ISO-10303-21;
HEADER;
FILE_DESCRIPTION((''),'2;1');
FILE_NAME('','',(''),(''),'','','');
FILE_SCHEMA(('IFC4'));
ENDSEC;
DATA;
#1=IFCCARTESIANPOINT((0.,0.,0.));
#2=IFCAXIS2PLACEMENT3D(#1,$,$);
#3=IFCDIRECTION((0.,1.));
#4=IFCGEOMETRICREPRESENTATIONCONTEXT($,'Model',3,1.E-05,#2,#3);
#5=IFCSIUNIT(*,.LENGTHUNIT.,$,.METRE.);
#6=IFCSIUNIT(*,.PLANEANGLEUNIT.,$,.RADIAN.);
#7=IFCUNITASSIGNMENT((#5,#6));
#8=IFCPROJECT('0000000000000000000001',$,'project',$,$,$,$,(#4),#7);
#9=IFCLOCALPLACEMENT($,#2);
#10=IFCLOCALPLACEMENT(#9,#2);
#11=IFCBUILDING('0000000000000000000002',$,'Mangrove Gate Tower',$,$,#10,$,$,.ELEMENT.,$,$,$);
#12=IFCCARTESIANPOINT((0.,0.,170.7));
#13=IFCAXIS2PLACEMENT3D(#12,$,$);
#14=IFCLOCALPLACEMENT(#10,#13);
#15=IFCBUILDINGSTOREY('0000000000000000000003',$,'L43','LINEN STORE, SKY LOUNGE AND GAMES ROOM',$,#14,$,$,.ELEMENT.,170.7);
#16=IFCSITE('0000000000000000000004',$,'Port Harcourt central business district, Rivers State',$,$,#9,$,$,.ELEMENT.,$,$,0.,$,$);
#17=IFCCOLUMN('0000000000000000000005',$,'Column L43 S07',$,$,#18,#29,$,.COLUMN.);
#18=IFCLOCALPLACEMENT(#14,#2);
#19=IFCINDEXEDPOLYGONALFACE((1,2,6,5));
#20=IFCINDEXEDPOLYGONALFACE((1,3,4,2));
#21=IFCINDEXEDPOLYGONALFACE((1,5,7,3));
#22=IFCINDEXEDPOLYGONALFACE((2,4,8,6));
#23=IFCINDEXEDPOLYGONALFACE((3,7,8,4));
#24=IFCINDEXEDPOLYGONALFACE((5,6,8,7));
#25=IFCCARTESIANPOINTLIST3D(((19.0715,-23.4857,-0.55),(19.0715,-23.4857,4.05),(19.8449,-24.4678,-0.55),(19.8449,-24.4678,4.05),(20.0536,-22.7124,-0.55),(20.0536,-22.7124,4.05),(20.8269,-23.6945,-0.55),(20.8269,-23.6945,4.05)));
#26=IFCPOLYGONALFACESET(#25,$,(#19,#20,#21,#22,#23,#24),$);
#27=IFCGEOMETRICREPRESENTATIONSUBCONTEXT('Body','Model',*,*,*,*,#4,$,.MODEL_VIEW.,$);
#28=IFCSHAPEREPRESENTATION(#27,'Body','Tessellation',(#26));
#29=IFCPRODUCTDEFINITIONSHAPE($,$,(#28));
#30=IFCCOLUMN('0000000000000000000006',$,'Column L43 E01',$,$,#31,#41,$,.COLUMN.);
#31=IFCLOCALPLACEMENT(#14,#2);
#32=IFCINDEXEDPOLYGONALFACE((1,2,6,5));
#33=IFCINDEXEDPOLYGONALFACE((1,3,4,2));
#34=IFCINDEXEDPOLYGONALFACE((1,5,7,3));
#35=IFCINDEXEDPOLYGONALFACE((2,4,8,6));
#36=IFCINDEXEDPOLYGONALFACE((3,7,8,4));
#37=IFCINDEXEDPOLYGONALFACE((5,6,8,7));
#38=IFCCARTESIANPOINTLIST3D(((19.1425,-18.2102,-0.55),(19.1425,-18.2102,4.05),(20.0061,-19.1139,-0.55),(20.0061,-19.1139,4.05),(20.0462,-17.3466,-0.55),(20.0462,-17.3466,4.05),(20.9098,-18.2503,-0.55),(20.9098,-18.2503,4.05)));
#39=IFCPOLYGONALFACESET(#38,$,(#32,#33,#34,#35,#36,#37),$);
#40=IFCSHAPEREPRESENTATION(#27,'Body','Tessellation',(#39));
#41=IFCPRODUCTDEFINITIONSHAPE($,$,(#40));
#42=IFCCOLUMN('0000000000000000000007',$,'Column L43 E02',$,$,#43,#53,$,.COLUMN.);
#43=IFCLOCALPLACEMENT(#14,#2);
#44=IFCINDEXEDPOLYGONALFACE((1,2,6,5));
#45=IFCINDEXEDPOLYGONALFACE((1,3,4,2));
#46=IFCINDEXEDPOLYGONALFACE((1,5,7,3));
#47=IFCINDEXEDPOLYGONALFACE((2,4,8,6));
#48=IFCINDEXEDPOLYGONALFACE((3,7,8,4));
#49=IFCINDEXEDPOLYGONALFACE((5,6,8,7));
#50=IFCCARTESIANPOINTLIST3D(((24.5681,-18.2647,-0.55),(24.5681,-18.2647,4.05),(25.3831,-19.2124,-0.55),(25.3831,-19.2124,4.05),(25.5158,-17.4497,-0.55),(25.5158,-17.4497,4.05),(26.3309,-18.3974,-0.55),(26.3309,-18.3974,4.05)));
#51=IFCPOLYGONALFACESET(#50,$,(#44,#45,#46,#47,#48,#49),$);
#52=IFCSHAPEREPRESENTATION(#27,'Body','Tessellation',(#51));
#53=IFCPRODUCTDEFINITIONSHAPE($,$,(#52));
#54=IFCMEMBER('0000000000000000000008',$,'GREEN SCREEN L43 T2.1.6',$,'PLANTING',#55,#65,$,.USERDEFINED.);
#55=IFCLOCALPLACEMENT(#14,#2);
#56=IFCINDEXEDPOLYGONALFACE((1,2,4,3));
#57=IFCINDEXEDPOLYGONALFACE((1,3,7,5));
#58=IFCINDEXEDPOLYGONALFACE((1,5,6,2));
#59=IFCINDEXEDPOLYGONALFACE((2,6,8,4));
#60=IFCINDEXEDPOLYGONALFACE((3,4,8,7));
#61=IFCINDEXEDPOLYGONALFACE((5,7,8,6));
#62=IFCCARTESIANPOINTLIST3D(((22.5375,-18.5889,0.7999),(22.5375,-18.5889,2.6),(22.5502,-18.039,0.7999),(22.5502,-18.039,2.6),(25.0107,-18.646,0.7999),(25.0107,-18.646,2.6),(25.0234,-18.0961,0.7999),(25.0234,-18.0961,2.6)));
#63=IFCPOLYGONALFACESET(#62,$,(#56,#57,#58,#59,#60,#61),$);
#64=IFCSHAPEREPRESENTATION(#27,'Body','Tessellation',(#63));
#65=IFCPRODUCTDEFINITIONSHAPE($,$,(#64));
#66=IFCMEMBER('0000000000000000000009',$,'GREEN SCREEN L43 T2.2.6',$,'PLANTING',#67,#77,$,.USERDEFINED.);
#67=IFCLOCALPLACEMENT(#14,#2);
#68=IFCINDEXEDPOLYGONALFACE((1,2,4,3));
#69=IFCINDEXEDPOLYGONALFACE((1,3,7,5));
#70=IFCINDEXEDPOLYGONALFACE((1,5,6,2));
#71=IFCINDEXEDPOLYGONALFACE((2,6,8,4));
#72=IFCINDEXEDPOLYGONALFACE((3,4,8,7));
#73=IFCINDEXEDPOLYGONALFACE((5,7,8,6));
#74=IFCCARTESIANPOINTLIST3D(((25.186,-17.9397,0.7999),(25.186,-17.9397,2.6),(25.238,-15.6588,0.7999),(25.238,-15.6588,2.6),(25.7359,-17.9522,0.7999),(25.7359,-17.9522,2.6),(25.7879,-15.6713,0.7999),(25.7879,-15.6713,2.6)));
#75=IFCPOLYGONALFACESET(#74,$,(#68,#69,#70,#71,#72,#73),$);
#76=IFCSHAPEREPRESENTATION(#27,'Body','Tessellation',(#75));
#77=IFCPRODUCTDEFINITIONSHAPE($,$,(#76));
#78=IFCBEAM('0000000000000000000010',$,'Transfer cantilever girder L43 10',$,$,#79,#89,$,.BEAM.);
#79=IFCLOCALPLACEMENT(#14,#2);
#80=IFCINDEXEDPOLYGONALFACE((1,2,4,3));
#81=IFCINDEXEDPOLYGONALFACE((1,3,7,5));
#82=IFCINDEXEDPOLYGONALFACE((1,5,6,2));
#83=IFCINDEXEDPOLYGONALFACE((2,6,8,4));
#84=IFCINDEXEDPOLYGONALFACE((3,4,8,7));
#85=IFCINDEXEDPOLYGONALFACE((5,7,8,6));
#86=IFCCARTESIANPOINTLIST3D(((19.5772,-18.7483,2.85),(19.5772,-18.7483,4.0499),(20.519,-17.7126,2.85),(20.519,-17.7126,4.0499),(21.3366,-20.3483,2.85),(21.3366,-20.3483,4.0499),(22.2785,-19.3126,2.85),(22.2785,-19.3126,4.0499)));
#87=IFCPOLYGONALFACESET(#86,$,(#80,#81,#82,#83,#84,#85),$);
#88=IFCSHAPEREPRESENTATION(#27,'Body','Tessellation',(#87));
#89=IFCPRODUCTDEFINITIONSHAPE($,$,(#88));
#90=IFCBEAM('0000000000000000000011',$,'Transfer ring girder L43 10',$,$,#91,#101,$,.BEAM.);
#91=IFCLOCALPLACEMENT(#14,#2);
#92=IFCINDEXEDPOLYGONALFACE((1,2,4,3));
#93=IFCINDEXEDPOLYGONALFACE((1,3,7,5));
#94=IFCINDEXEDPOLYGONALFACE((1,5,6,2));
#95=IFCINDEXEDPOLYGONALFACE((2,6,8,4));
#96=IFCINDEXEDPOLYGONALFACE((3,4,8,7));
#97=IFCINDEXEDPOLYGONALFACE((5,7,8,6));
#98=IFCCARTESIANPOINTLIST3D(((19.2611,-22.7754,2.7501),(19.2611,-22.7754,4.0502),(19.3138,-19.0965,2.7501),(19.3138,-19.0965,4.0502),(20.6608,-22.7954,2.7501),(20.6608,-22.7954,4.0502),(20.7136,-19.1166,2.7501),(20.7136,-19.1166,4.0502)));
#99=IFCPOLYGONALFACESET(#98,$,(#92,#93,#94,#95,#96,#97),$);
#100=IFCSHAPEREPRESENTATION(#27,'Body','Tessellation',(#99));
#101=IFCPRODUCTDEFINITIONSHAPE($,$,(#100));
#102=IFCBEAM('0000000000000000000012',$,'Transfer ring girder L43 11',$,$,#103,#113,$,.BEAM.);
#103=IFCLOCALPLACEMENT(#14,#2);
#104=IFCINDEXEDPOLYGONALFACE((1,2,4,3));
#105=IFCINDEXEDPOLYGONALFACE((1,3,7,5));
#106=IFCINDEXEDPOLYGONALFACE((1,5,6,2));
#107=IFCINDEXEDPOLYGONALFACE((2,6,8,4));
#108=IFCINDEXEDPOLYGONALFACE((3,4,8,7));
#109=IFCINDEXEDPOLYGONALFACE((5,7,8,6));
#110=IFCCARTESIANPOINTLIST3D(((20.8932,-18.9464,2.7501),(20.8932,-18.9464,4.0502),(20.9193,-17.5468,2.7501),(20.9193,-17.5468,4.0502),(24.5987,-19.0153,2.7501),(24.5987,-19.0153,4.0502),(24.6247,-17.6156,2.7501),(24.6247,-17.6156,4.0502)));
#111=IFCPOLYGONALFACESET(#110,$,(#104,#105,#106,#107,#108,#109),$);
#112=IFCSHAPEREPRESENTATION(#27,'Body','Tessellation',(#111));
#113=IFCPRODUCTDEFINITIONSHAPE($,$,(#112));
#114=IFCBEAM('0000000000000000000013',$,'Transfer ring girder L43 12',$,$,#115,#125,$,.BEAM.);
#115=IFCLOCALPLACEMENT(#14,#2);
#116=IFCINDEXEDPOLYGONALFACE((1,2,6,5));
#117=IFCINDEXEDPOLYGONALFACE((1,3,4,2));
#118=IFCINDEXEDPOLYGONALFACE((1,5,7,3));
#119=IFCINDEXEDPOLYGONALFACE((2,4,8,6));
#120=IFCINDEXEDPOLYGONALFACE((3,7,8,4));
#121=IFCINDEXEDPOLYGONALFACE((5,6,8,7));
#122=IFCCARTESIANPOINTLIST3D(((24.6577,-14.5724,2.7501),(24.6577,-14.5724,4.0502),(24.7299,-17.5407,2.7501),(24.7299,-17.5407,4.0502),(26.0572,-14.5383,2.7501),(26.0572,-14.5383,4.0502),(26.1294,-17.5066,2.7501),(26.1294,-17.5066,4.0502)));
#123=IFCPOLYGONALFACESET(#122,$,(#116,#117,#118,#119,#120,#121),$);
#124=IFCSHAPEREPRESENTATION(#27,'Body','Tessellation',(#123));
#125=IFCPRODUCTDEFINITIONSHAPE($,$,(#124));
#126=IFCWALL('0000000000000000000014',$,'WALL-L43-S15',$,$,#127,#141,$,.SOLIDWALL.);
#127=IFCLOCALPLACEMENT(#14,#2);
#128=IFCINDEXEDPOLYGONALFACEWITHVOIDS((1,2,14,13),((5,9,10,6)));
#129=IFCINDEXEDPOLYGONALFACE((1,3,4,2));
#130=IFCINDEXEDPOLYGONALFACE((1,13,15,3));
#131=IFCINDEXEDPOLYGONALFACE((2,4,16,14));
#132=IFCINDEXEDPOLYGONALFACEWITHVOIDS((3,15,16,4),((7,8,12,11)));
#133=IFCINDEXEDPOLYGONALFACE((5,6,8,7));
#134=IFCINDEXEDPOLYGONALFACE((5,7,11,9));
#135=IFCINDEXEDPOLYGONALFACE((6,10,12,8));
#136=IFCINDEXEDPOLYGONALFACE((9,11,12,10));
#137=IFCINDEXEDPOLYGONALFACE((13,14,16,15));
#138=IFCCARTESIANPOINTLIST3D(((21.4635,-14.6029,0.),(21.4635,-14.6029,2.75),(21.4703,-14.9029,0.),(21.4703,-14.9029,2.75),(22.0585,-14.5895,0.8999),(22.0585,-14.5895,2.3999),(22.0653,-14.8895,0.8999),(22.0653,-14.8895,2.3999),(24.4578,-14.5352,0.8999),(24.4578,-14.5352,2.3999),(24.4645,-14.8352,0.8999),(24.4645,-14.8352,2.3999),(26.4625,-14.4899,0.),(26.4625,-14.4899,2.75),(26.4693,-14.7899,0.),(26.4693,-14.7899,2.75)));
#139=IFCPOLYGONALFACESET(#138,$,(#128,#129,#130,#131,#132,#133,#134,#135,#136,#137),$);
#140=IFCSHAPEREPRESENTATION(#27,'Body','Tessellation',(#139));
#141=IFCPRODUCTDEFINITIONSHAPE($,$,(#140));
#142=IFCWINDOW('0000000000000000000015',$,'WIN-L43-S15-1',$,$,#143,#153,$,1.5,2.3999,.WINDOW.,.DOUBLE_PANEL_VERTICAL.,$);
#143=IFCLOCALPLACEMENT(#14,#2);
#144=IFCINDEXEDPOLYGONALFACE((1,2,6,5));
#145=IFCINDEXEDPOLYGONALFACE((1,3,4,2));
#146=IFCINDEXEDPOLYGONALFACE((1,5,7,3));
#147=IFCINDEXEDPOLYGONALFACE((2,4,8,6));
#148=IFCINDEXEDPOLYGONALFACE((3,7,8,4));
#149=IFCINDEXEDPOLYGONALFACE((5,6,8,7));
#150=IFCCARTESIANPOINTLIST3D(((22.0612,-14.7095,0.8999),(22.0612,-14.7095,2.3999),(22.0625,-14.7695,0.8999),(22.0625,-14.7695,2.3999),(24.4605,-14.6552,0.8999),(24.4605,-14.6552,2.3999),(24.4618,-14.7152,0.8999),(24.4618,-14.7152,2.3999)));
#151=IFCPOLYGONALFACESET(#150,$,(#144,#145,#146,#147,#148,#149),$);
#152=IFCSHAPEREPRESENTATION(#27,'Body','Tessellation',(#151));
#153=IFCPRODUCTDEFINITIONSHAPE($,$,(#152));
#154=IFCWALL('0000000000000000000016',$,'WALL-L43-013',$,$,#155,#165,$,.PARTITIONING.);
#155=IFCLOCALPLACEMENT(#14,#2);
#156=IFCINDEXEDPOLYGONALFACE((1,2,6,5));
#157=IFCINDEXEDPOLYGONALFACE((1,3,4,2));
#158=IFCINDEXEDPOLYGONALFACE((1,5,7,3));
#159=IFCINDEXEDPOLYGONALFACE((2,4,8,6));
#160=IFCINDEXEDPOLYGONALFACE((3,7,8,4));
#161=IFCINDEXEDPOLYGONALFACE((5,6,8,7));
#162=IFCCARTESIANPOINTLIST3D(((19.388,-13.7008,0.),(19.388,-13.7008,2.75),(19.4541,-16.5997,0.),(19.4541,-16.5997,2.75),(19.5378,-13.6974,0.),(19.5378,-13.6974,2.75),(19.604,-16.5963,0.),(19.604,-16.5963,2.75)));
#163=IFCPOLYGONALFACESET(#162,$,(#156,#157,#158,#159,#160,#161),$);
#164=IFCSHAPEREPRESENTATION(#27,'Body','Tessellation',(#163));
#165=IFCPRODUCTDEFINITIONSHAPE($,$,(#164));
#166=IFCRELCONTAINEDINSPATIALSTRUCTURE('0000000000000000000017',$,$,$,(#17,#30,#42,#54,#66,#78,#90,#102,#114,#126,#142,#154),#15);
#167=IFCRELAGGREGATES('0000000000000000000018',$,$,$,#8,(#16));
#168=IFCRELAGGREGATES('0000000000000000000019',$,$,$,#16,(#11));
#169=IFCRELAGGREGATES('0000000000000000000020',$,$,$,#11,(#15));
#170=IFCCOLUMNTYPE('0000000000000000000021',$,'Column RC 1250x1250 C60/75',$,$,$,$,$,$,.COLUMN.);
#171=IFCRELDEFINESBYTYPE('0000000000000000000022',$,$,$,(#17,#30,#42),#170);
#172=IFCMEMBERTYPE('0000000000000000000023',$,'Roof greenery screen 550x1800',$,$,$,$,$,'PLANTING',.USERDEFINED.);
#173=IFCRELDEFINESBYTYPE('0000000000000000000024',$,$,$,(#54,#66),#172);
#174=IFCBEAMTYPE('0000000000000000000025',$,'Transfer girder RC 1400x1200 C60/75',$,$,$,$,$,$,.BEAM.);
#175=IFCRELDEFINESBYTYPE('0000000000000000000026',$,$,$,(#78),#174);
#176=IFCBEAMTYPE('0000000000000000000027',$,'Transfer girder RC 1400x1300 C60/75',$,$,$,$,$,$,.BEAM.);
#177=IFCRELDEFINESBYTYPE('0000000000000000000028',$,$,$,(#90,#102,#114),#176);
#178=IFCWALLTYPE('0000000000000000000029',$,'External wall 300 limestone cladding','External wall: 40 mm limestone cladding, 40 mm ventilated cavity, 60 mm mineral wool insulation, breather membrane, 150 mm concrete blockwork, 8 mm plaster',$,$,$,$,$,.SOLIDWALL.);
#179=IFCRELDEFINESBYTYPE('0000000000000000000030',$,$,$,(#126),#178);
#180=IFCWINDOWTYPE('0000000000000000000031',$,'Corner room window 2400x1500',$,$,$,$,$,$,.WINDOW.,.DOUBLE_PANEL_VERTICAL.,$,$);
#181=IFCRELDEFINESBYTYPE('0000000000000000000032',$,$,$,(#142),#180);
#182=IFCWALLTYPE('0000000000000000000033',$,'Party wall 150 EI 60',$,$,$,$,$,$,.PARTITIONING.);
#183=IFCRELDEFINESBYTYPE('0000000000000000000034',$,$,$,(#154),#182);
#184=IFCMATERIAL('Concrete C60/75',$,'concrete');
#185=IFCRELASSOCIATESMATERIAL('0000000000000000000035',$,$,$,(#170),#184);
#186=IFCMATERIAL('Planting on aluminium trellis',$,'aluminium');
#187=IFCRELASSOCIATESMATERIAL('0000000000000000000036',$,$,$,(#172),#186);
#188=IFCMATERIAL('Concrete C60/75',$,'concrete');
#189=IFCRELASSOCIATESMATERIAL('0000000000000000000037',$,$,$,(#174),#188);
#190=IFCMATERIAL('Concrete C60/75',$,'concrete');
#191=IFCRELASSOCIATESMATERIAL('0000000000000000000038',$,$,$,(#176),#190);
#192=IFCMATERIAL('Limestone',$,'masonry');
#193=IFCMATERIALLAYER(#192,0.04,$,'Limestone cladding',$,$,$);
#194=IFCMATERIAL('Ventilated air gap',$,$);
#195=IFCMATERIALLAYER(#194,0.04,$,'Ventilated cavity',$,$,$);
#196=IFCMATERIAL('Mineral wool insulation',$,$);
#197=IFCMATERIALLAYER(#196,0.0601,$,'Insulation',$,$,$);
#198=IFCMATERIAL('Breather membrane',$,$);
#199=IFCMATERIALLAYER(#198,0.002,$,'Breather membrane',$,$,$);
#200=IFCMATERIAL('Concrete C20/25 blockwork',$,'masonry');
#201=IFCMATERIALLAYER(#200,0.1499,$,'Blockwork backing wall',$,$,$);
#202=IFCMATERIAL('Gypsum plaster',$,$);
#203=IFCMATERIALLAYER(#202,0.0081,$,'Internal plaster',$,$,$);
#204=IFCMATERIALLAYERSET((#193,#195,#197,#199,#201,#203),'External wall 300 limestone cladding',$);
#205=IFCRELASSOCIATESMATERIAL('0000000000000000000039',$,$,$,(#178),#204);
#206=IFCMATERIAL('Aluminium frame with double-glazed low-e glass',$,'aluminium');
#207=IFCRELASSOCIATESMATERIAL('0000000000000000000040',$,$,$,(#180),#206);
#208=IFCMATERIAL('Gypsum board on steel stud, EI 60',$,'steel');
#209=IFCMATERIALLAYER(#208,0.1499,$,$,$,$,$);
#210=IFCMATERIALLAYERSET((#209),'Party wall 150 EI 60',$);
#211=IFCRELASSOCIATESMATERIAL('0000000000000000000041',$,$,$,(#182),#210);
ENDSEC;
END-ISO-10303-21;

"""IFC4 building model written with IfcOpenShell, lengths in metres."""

from ifc_helpers import new_model, si_unit, direction, frame, frame_2d, origin, origin_2d, place, context, subcontext, project, spatial, rectangle, extrude, material, layer, layer_set, material_profile, profile_set, type_object, element, fill, save


model = new_model("IFC4")

# Units and contexts
model_context = context("Model", 3, precision=1e-05, world=origin(), true_north=direction((0.0, 1.0)))
body_context = subcontext(model_context, "Body", "Model", "MODEL_VIEW")
ifc_project = project(units=[si_unit("LENGTHUNIT", "METRE"), si_unit("PLANEANGLEUNIT", "RADIAN")], contexts=[model_context])

# Site, building, storey
site_placement = place(None, origin())
site = spatial("IfcSite", under=ifc_project, at=site_placement, Name="Port Harcourt central business district, Rivers State", CompositionType="ELEMENT", RefElevation=0.0)
building_placement = place(site_placement, origin())
building = spatial("IfcBuilding", under=site, at=building_placement, Name="Mangrove Gate Tower", CompositionType="ELEMENT")
storey_placement = place(building_placement, frame((0.0, 0.0, 170.7)))
storey = spatial("IfcBuildingStorey", under=building, at=storey_placement, Name="L43", Description="LINEN STORE, SKY LOUNGE AND GAMES ROOM", CompositionType="ELEMENT", Elevation=170.7)

# Columns
ifc_material_1 = material(Name="Concrete C60/75", Category="concrete")
ifc_material_profile_1 = material_profile(ifc_material_1, rectangle(XDim=1.25, YDim=1.25, at=origin_2d()))
ifc_profile_set_1 = profile_set([ifc_material_profile_1], Name="Concrete C60/75")
column_type = type_object("IfcColumnType", Name="Column RC 1250x1250 C60/75", PredefinedType="COLUMN", material=ifc_profile_set_1)
for number, where, z_axis, x_axis, name in (
    (1, (19.9492, -23.5901, -0.55), (0.0, 0.0, 1.0), (0.785651, 0.61867, 0.0), "Column L43 S07"),
    (2, (20.0261, -18.2302, -0.55), (0.0, 0.0, 1.0), (0.722966, 0.690884, 0.0), "Column L43 E01"),
    (3, (25.4495, -18.3311, -0.55), (0.0, 0.0, 1.0), (0.758168, 0.65206, 0.0), "Column L43 E02"),
):
    element("IfcColumn", number, at=place(storey_placement, frame(where, z_axis=z_axis, x_axis=x_axis)), inside=storey, type_object=column_type, Name=name, PredefinedType="COLUMN", context=body_context, shape_type="SweptSolid", body=[
        extrude(rectangle(XDim=1.25, YDim=1.25, at=origin_2d()), origin(), (0.0, 0.0, 1.0), 4.6001),
    ])

# Members
ifc_material_2 = material(Name="Planting on aluminium trellis", Category="aluminium")
ifc_material_profile_2 = material_profile(ifc_material_2, rectangle(XDim=0.55, YDim=1.8, at=origin_2d()))
ifc_profile_set_2 = profile_set([ifc_material_profile_2], Name="Planting on aluminium trellis")
member_type = type_object("IfcMemberType", Name="Roof greenery screen 550x1800", ElementType="PLANTING", PredefinedType="USERDEFINED", material=ifc_profile_set_2)
member_1_placement = place(storey_placement, frame((25.0171, -18.3711, 1.7), z_axis=(-0.999733, 0.023094, 0.0), x_axis=(-0.023094, -0.999733, 0.0)))
element("IfcMember", 4, at=member_1_placement, inside=storey, type_object=member_type, Name="GREEN SCREEN L43 T2.1.6", ObjectType="PLANTING", PredefinedType="USERDEFINED", context=body_context, shape_type="SweptSolid", body=[
    extrude(rectangle(XDim=0.55, YDim=1.8, at=origin_2d()), origin(), (0.0, 0.0, 1.0), 2.4739),
])
member_2_placement = place(storey_placement, frame((25.5129, -15.665, 1.7), z_axis=(-0.022792, -0.99974, 0.0), x_axis=(0.99974, -0.022792, 0.0)))
element("IfcMember", 5, at=member_2_placement, inside=storey, type_object=member_type, Name="GREEN SCREEN L43 T2.2.6", ObjectType="PLANTING", PredefinedType="USERDEFINED", context=body_context, shape_type="SweptSolid", body=[
    extrude(rectangle(XDim=0.55, YDim=1.8, at=origin_2d()), origin(), (0.0, 0.0, 1.0), 2.2815),
])

# Beams
ifc_material_3 = material(Name="Concrete C60/75", Category="concrete")
ifc_material_profile_3 = material_profile(ifc_material_3, rectangle(XDim=1.3999, YDim=1.2, at=origin_2d()))
ifc_profile_set_3 = profile_set([ifc_material_profile_3], Name="Concrete C60/75")
beam_type_1 = type_object("IfcBeamType", Name="Transfer girder RC 1400x1200 C60/75", PredefinedType="BEAM", material=ifc_profile_set_3)
beam_1_placement = place(storey_placement, frame((20.0481, -18.2305, 3.45), z_axis=(0.739829, -0.672795, 0.0), x_axis=(0.672795, 0.739829, 0.0)))
element("IfcBeam", 6, at=beam_1_placement, inside=storey, type_object=beam_type_1, Name="Transfer cantilever girder L43 10", PredefinedType="BEAM", context=body_context, shape_type="SweptSolid", body=[
    extrude(rectangle(XDim=1.3999, YDim=1.2, at=origin_2d()), origin(), (0.0, 0.0, 1.0), 2.3782),
])
ifc_material_4 = material(Name="Concrete C60/75", Category="concrete")
ifc_material_profile_4 = material_profile(ifc_material_4, rectangle(XDim=1.3999, YDim=1.3, at=origin_2d()))
ifc_profile_set_4 = profile_set([ifc_material_profile_4], Name="Concrete C60/75")
beam_type_2 = type_object("IfcBeamType", Name="Transfer girder RC 1400x1300 C60/75", PredefinedType="BEAM", material=ifc_profile_set_4)
beam_2_placement = place(storey_placement, frame((19.9609, -22.7854, 3.4001), z_axis=(0.014334, 0.999897, 0.0), x_axis=(-0.999897, 0.014334, 0.0)))
element("IfcBeam", 7, at=beam_2_placement, inside=storey, type_object=beam_type_2, Name="Transfer ring girder L43 10", PredefinedType="BEAM", context=body_context, shape_type="SweptSolid", body=[
    extrude(rectangle(XDim=1.3999, YDim=1.3, at=origin_2d()), origin(), (0.0, 0.0, 1.0), 3.6792),
])
beam_3_placement = place(storey_placement, frame((20.9062, -18.2466, 3.4001), z_axis=(0.999827, -0.018578, 0.0), x_axis=(0.018578, 0.999827, 0.0)))
element("IfcBeam", 8, at=beam_3_placement, inside=storey, type_object=beam_type_2, Name="Transfer ring girder L43 11", PredefinedType="BEAM", context=body_context, shape_type="SweptSolid", body=[
    extrude(rectangle(XDim=1.3999, YDim=1.3, at=origin_2d()), origin(), (0.0, 0.0, 1.0), 3.7061),
])
beam_4_placement = place(storey_placement, frame((25.4297, -17.5237, 3.4001), z_axis=(-0.024339, 0.999704, 0.0), x_axis=(-0.999704, -0.024339, 0.0)))
element("IfcBeam", 9, at=beam_4_placement, inside=storey, type_object=beam_type_2, Name="Transfer ring girder L43 12", PredefinedType="BEAM", context=body_context, shape_type="SweptSolid", body=[
    extrude(rectangle(XDim=1.3999, YDim=1.3, at=origin_2d()), origin(), (0.0, 0.0, 1.0), 2.9692),
])

# Shared definitions
ifc_material_5 = material(Name="Limestone", Category="masonry")
ifc_layer_1 = layer(ifc_material_5, 0.04, Name="Limestone cladding")
ifc_material_6 = material(Name="Ventilated air gap")
ifc_layer_2 = layer(ifc_material_6, 0.04, Name="Ventilated cavity")
ifc_material_7 = material(Name="Mineral wool insulation")
ifc_layer_3 = layer(ifc_material_7, 0.0601, Name="Insulation")
ifc_material_8 = material(Name="Breather membrane")
ifc_layer_4 = layer(ifc_material_8, 0.002, Name="Breather membrane")
ifc_material_9 = material(Name="Concrete C20/25 blockwork", Category="masonry")
ifc_layer_5 = layer(ifc_material_9, 0.1499, Name="Blockwork backing wall")
ifc_material_10 = material(Name="Gypsum plaster")
ifc_layer_6 = layer(ifc_material_10, 0.0081, Name="Internal plaster")
ifc_layer_set_1 = layer_set([ifc_layer_1, ifc_layer_2, ifc_layer_3, ifc_layer_4, ifc_layer_5, ifc_layer_6], Name="External wall 300 limestone cladding")
wall_type_1 = type_object("IfcWallType", Name="External wall 300 limestone cladding", Description="External wall: 40 mm limestone cladding, 40 mm ventilated cavity, 60 mm mineral wool insulation, breather membrane, 150 mm concrete blockwork, 8 mm plaster", PredefinedType="SOLIDWALL", material=ifc_layer_set_1)

# Wall, opening, window
wall_1_placement = place(storey_placement, frame((21.467, -14.7529, 0.0), z_axis=(0.0, 0.0, 1.0), x_axis=(0.999744, 0.022606, 0.0)))
wall_1 = element("IfcWall", 10, at=wall_1_placement, inside=storey, type_object=wall_type_1, Name="WALL-L43-S15", PredefinedType="SOLIDWALL", context=body_context, shape_type="SweptSolid", body=[
    extrude(rectangle(XDim=5.0002, YDim=0.3, at=frame_2d((2.5, 0.0))), origin(), (0.0, 0.0, 1.0), 2.75),
])
opening_1_placement = place(wall_1_placement, frame((0.595, 0.0, 0.8999)))
opening_1 = element("IfcOpeningElement", 11, at=opening_1_placement, cuts=wall_1, PredefinedType="OPENING", context=body_context, shape_type="SweptSolid", body=[
    extrude(rectangle(XDim=2.3999, YDim=1.5, at=frame_2d((1.2, 0.75))), frame((0.0, 0.1599, 0.0), z_axis=(0.0, -1.0, 0.0), x_axis=(1.0, 0.0, 0.0)), (0.0, 0.0, 1.0), 0.3201),
])
ifc_material_11 = material(Name="Aluminium frame with double-glazed low-e glass", Category="aluminium")
window_type = type_object("IfcWindowType", Name="Corner room window 2400x1500", PartitioningType="DOUBLE_PANEL_VERTICAL", PredefinedType="WINDOW", material=ifc_material_11)
window_placement = place(opening_1_placement, origin())
window = element("IfcWindow", 12, at=window_placement, inside=storey, type_object=window_type, Name="WIN-L43-S15-1", OverallHeight=1.5, OverallWidth=2.3999, PartitioningType="DOUBLE_PANEL_VERTICAL", PredefinedType="WINDOW", context=body_context, shape_type="SweptSolid", body=[
    extrude(rectangle(XDim=2.3999, YDim=1.5, at=frame_2d((1.2, 0.75))), frame((0.0, 0.03, 0.0), z_axis=(0.0, -1.0, 0.0), x_axis=(1.0, 0.0, 0.0)), (0.0, 0.0, 1.0), 0.0601),
])
fill(opening_1, window)

# Wall
ifc_material_12 = material(Name="Gypsum board on steel stud, EI 60", Category="steel")
ifc_layer_7 = layer(ifc_material_12, 0.1499)
ifc_layer_set_2 = layer_set([ifc_layer_7], Name="Party wall 150 EI 60")
wall_type_2 = type_object("IfcWallType", Name="Party wall 150 EI 60", PredefinedType="PARTITIONING", material=ifc_layer_set_2)
wall_2_placement = place(storey_placement, frame((19.5291, -16.5979, 0.0), z_axis=(0.0, 0.0, 1.0), x_axis=(-0.022817, 0.99974, 0.0)))
element("IfcWall", 13, at=wall_2_placement, inside=storey, type_object=wall_type_2, Name="WALL-L43-013", PredefinedType="PARTITIONING", context=body_context, shape_type="SweptSolid", body=[
    extrude(rectangle(XDim=2.8997, YDim=0.1499, at=frame_2d((1.4497, 0.0))), origin(), (0.0, 0.0, 1.0), 2.75),
])

save(model, "model.ifc")
